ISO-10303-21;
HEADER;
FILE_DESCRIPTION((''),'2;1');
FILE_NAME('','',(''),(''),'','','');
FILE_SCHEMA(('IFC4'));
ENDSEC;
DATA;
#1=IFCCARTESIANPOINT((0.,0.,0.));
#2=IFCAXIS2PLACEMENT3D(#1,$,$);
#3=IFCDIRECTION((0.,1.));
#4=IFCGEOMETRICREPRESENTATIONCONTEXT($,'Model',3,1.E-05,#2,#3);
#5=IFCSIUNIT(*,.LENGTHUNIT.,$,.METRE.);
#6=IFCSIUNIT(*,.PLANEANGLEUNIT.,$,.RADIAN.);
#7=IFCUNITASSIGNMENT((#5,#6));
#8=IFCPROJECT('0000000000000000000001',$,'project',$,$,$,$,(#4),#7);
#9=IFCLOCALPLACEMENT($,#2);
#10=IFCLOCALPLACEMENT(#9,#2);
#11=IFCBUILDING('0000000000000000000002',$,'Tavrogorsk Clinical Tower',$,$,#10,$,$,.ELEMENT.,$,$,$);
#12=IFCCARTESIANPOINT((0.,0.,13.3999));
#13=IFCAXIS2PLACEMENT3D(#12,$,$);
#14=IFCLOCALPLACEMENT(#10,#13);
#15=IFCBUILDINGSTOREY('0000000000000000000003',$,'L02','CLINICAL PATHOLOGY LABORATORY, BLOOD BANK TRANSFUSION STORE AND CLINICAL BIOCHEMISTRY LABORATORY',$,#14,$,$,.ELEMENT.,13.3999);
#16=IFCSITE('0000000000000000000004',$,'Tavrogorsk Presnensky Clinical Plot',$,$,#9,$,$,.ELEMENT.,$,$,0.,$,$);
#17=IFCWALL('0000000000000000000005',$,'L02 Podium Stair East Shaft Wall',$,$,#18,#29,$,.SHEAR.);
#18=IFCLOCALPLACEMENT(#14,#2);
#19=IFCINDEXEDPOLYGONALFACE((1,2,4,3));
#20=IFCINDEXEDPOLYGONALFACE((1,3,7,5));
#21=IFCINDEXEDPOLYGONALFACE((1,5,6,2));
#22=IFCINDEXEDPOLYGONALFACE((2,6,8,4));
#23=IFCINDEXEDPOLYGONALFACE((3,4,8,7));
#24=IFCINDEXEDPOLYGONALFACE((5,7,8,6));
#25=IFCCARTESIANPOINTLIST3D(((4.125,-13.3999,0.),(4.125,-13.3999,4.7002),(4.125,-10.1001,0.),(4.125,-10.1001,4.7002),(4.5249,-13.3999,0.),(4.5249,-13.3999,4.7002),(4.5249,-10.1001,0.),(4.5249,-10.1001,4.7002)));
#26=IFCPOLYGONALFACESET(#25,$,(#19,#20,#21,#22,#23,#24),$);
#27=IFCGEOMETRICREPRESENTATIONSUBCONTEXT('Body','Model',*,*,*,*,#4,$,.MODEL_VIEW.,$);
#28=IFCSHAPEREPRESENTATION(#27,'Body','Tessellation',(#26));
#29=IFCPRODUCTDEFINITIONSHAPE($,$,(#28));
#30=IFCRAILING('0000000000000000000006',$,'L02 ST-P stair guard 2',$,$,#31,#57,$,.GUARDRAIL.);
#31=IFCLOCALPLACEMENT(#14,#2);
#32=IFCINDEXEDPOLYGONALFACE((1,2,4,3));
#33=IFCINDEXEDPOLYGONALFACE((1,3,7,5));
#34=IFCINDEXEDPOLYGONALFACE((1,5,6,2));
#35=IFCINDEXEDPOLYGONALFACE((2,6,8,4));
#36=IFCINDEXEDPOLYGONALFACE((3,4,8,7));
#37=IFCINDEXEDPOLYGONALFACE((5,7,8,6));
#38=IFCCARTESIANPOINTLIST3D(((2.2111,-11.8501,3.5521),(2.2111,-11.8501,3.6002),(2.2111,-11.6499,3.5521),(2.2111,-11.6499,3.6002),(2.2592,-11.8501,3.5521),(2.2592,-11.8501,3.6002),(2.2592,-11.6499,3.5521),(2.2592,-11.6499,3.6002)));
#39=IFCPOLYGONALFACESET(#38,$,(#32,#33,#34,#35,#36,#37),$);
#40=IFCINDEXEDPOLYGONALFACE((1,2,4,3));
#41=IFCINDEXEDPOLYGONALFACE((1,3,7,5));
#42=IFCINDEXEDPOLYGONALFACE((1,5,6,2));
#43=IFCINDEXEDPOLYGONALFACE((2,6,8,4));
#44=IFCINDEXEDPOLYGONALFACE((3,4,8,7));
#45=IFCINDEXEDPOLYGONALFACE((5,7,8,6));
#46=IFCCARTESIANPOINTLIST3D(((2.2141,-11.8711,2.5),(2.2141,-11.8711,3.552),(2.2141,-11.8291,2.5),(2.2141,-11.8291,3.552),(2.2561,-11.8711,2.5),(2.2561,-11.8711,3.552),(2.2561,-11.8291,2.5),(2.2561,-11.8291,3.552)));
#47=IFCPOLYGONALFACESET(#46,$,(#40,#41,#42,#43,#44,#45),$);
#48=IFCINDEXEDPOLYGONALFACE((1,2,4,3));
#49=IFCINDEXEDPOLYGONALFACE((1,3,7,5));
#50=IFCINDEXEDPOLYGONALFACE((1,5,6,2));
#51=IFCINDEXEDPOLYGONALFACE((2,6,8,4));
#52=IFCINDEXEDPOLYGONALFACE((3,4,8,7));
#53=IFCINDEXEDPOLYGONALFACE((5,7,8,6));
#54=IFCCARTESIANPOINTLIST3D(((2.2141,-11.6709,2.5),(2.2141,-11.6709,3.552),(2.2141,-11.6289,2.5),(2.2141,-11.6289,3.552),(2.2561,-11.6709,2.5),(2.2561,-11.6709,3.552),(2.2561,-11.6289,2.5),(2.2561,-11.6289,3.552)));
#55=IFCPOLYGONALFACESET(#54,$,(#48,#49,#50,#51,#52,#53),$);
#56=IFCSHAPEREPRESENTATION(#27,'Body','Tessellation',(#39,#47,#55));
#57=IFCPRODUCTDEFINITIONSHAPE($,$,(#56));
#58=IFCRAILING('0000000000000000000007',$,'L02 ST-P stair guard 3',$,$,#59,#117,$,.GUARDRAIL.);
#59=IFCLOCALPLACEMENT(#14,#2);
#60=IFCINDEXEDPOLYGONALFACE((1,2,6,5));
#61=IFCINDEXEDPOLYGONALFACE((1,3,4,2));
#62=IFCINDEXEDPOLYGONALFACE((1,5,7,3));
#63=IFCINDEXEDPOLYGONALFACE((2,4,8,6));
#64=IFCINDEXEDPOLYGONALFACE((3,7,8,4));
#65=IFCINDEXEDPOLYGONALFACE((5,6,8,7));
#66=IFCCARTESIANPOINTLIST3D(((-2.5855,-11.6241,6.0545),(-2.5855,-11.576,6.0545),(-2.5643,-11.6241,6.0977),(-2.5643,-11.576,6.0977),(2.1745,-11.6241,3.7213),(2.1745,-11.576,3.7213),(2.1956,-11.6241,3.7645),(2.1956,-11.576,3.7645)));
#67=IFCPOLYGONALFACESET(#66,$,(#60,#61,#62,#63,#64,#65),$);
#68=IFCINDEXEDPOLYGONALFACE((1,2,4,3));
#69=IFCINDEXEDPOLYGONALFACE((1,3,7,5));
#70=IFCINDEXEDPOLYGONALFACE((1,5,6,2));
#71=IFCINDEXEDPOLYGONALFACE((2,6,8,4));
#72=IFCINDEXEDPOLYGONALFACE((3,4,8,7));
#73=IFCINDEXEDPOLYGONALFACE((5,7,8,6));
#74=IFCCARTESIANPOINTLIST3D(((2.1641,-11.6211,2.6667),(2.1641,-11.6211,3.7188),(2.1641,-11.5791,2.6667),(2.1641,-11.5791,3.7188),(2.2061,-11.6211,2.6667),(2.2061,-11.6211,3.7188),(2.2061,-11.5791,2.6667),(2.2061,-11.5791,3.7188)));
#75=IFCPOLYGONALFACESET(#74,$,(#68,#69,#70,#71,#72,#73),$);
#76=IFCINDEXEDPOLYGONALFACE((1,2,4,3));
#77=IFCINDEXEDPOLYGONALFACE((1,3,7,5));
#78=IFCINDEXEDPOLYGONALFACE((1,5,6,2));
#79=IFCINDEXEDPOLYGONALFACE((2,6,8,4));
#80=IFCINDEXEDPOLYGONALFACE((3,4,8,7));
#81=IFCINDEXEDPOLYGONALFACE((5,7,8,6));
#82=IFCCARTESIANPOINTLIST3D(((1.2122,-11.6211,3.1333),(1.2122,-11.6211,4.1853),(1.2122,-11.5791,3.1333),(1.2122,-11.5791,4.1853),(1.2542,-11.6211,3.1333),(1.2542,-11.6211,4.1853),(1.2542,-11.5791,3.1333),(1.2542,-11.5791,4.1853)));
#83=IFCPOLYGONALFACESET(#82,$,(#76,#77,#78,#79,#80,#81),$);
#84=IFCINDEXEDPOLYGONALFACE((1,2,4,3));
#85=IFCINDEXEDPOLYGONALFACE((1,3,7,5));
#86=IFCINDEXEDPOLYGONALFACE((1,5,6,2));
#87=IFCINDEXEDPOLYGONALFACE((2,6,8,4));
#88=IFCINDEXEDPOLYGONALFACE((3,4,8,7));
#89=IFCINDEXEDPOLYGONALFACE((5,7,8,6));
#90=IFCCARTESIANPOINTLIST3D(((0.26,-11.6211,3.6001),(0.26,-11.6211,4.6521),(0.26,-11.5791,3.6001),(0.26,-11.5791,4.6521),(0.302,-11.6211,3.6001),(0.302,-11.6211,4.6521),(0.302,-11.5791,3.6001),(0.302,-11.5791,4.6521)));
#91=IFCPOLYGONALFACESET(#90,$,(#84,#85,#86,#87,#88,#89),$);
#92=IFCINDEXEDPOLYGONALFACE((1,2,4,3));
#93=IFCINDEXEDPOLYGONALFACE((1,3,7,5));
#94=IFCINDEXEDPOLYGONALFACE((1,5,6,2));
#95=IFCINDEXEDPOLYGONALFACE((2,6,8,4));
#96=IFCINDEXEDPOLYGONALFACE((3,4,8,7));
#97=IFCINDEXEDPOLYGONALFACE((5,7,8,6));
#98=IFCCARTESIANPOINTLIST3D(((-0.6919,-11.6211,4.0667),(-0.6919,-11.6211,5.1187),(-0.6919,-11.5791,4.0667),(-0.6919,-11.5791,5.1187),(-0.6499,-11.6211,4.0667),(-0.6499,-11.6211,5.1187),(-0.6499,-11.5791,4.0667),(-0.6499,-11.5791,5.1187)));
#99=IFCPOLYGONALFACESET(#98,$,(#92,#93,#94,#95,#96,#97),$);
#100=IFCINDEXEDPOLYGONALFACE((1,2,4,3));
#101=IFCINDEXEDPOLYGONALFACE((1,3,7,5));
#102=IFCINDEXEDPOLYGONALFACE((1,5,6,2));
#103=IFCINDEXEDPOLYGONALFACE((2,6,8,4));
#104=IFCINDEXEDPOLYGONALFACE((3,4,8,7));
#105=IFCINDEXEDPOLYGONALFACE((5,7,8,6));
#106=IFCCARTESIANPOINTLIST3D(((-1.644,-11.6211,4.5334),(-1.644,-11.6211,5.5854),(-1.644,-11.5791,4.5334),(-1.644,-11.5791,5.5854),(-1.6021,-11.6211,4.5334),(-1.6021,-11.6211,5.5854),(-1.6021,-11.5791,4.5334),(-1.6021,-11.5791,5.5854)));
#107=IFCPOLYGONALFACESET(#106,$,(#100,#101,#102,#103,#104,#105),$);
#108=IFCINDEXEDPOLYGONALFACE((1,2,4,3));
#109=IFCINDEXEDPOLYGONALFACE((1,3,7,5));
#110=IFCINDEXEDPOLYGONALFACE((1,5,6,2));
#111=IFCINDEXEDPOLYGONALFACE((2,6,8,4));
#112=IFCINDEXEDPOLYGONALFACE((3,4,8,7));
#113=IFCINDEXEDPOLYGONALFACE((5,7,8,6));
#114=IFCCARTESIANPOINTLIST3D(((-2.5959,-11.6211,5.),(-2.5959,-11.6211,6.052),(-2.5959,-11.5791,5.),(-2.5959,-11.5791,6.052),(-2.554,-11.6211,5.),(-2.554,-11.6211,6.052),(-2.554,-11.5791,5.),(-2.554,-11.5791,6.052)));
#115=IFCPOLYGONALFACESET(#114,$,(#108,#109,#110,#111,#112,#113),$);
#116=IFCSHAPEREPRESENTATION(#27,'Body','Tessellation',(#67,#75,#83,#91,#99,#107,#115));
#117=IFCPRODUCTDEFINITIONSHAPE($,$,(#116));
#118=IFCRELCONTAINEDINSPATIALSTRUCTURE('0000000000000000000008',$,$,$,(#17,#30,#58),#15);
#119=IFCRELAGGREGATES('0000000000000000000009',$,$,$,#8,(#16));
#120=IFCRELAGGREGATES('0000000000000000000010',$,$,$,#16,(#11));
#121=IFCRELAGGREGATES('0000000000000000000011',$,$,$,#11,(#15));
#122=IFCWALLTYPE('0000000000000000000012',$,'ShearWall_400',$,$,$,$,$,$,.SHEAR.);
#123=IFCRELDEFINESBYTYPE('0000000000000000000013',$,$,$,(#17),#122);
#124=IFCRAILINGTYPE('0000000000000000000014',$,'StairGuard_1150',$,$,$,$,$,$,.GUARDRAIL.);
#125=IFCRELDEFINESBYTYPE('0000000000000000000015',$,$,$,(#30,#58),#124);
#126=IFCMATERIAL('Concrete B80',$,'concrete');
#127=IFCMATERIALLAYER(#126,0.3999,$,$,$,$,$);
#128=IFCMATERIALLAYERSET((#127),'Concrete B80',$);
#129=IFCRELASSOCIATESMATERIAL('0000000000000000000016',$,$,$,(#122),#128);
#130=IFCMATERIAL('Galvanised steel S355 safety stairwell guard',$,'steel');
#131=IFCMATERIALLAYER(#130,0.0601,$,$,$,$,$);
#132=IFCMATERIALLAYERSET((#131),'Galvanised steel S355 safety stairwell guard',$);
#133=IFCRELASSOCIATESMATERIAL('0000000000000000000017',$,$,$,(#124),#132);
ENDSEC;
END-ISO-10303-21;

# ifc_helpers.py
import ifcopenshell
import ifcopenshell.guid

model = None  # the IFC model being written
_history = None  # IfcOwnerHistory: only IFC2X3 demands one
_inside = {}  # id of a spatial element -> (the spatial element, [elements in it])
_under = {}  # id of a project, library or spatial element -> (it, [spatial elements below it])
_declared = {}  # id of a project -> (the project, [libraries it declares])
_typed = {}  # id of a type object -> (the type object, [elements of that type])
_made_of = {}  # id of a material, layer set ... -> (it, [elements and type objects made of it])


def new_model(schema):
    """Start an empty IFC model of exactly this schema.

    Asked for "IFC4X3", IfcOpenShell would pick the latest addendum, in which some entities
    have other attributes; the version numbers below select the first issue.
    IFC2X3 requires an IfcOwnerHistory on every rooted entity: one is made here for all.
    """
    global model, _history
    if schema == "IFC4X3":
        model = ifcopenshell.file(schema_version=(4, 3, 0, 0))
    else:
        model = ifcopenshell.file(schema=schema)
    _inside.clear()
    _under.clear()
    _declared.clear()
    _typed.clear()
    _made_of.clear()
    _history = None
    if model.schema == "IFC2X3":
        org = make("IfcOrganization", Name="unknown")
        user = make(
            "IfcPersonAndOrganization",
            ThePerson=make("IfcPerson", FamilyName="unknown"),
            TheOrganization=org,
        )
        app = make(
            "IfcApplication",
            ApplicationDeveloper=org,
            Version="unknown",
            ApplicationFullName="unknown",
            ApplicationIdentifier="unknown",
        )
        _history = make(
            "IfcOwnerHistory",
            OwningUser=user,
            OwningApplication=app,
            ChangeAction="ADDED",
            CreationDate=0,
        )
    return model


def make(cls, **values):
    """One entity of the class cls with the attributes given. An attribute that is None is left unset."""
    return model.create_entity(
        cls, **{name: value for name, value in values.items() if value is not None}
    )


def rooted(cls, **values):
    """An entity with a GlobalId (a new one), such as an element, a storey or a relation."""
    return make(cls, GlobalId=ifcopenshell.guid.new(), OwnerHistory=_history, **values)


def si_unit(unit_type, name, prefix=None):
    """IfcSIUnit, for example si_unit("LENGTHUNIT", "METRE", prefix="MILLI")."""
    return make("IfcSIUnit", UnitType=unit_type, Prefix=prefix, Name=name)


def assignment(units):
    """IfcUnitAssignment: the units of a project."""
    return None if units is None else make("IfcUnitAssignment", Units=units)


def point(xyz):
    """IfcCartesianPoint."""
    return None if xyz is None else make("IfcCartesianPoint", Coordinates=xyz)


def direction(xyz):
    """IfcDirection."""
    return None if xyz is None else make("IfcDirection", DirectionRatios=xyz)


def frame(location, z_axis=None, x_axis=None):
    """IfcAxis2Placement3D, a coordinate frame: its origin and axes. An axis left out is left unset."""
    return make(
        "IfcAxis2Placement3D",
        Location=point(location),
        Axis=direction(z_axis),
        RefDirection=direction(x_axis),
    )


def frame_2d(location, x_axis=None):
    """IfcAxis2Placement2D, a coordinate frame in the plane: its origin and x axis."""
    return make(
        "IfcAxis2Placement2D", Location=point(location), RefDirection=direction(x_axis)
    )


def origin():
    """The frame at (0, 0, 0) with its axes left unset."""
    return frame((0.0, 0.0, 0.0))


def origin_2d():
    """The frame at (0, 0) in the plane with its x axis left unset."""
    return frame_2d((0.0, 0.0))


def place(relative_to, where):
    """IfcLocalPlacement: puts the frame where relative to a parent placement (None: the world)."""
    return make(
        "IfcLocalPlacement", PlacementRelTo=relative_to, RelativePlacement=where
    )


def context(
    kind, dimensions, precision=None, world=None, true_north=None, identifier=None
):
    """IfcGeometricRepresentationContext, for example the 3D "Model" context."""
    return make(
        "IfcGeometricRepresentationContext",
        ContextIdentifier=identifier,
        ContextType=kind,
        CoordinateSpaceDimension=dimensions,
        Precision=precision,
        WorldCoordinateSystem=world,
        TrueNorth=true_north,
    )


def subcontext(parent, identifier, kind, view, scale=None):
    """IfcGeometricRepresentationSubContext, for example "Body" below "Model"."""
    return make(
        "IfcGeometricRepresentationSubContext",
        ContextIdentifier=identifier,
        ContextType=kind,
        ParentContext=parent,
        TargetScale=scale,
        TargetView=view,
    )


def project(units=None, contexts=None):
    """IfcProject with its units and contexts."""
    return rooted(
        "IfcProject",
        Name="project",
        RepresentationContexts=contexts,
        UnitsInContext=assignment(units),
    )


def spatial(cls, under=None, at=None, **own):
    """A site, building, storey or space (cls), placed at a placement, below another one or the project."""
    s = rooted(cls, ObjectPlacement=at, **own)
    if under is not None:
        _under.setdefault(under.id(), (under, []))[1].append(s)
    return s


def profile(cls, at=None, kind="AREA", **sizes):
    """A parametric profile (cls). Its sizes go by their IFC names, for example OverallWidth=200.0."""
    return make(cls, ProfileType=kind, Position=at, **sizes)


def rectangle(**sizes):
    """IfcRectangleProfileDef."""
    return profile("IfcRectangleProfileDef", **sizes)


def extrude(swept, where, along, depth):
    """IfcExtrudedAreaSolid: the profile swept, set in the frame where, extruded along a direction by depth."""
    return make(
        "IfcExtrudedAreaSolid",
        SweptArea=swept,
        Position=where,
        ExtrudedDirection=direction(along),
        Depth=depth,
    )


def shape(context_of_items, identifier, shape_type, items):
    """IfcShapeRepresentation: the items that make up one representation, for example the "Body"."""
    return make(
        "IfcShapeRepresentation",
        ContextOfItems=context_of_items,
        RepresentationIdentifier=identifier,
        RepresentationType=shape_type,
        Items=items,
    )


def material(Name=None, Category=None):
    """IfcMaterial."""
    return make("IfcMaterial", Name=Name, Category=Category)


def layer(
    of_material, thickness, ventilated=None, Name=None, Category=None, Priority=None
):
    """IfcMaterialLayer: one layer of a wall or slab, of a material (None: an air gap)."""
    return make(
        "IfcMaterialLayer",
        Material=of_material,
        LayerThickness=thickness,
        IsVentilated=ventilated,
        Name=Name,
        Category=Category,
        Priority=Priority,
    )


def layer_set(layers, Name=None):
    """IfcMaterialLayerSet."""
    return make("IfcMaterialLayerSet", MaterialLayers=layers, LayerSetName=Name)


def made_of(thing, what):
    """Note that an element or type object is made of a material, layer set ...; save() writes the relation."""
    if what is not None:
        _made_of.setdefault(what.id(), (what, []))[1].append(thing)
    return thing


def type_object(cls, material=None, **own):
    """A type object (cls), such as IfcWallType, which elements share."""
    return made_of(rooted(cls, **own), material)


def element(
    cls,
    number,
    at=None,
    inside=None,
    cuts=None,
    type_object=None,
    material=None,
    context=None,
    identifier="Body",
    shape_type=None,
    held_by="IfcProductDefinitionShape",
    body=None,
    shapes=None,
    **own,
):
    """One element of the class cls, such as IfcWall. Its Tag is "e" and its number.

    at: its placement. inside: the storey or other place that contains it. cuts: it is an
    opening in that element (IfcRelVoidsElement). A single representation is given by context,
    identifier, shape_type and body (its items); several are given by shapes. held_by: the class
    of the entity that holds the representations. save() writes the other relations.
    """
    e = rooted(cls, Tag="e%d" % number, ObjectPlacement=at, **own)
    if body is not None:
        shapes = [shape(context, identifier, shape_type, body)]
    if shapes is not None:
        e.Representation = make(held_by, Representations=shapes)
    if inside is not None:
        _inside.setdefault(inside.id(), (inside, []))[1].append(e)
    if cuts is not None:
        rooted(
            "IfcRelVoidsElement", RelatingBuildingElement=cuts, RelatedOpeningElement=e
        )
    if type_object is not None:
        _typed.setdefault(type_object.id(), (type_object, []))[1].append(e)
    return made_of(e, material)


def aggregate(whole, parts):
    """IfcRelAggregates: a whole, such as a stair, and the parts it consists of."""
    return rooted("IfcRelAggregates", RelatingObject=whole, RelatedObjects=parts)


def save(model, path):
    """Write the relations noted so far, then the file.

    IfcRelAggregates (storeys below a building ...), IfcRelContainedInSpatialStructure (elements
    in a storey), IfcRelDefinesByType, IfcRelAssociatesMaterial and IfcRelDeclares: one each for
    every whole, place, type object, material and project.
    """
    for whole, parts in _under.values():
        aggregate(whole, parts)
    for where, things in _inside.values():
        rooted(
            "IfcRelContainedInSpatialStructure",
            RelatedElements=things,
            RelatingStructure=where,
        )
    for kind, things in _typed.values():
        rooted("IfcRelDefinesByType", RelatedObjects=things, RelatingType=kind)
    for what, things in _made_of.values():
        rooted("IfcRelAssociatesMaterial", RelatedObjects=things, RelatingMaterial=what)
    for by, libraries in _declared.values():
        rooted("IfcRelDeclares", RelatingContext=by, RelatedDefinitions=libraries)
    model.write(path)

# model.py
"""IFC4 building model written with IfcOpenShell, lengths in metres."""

from ifc_helpers import new_model, si_unit, direction, frame, frame_2d, origin, origin_2d, place, context, subcontext, project, spatial, rectangle, extrude, material, layer, layer_set, type_object, element, save


model = new_model("IFC4")

# Units and contexts
model_context = context("Model", 3, precision=1e-05, world=origin(), true_north=direction((0.0, 1.0)))
body_context = subcontext(model_context, "Body", "Model", "MODEL_VIEW")
ifc_project = project(units=[si_unit("LENGTHUNIT", "METRE"), si_unit("PLANEANGLEUNIT", "RADIAN")], contexts=[model_context])

# Site, building, storey
site_placement = place(None, origin())
site = spatial("IfcSite", under=ifc_project, at=site_placement, Name="Tavrogorsk Presnensky Clinical Plot", CompositionType="ELEMENT", RefElevation=0.0)
building_placement = place(site_placement, origin())
building = spatial("IfcBuilding", under=site, at=building_placement, Name="Tavrogorsk Clinical Tower", CompositionType="ELEMENT")
storey_placement = place(building_placement, frame((0.0, 0.0, 13.3999)))
storey = spatial("IfcBuildingStorey", under=building, at=storey_placement, Name="L02", Description="CLINICAL PATHOLOGY LABORATORY, BLOOD BANK TRANSFUSION STORE AND CLINICAL BIOCHEMISTRY LABORATORY", CompositionType="ELEMENT", Elevation=13.3999)

# Wall
ifc_material_1 = material(Name="Concrete B80", Category="concrete")
ifc_layer_1 = layer(ifc_material_1, 0.3999)
ifc_layer_set_1 = layer_set([ifc_layer_1], Name="Concrete B80")
wall_type_1 = type_object("IfcWallType", Name="ShearWall_400", PredefinedType="SHEAR", material=ifc_layer_set_1)
wall_1_placement = place(storey_placement, frame((4.325, -13.3999, 0.0), z_axis=(0.0, 0.0, 1.0), x_axis=(0.0, 1.0, 0.0)))
element("IfcWall", 1, at=wall_1_placement, inside=storey, type_object=wall_type_1, Name="L02 Podium Stair East Shaft Wall", PredefinedType="SHEAR", context=body_context, shape_type="SweptSolid", body=[
    extrude(rectangle(XDim=3.2998, YDim=0.3999, at=frame_2d((1.6499, 0.0))), origin(), (0.0, 0.0, 1.0), 4.7002),
])

# Railings
ifc_material_2 = material(Name="Galvanised steel S355 safety stairwell guard", Category="steel")
ifc_layer_2 = layer(ifc_material_2, 0.0601)
ifc_layer_set_2 = layer_set([ifc_layer_2], Name="Galvanised steel S355 safety stairwell guard")
railing_type = type_object("IfcRailingType", Name="StairGuard_1150", PredefinedType="GUARDRAIL", material=ifc_layer_set_2)
railing_1_placement = place(storey_placement, frame((2.2351, -11.8501, 2.5)))
element("IfcRailing", 2, at=railing_1_placement, inside=storey, type_object=railing_type, Name="L02 ST-P stair guard 2", PredefinedType="GUARDRAIL", context=body_context, shape_type="SweptSolid", body=[
    extrude(rectangle(XDim=0.0481, YDim=0.0481, at=origin_2d()), frame((0.0, 0.0, 1.0762), z_axis=(0.0, 1.0, 0.0), x_axis=(-1.0, 0.0, 0.0)), (0.0, 0.0, 1.0), 0.2002),
    extrude(rectangle(XDim=0.042, YDim=0.042, at=origin_2d()), origin(), (0.0, 0.0, 1.0), 1.052),
    extrude(rectangle(XDim=0.042, YDim=0.042, at=origin_2d()), frame((0.0, 0.2002, 0.0)), (0.0, 0.0, 1.0), 1.052),
])
railing_2_placement = place(storey_placement, frame((2.1851, -11.6001, 2.6667)))
element("IfcRailing", 3, at=railing_2_placement, inside=storey, type_object=railing_type, Name="L02 ST-P stair guard 3", PredefinedType="GUARDRAIL", context=body_context, shape_type="SweptSolid", body=[
    extrude(rectangle(XDim=0.0481, YDim=0.0481, at=origin_2d()), frame((0.0, 0.0, 1.0762), z_axis=(-0.897927, 0.0, 0.440144), x_axis=(0.0, -1.0, 0.0)), (0.0, 0.0, 1.0), 5.301),
    extrude(rectangle(XDim=0.042, YDim=0.042, at=origin_2d()), origin(), (0.0, 0.0, 1.0), 1.052),
    extrude(rectangle(XDim=0.042, YDim=0.042, at=origin_2d()), frame((-0.9519, 0.0, 0.4666)), (0.0, 0.0, 1.0), 1.052),
    extrude(rectangle(XDim=0.042, YDim=0.042, at=origin_2d()), frame((-1.9041, 0.0, 0.9333)), (0.0, 0.0, 1.0), 1.052),
    extrude(rectangle(XDim=0.042, YDim=0.042, at=origin_2d()), frame((-2.856, 0.0, 1.3999)), (0.0, 0.0, 1.0), 1.052),
    extrude(rectangle(XDim=0.042, YDim=0.042, at=origin_2d()), frame((-3.8081, 0.0, 1.8667)), (0.0, 0.0, 1.0), 1.052),
    extrude(rectangle(XDim=0.042, YDim=0.042, at=origin_2d()), frame((-4.76, 0.0, 2.3333)), (0.0, 0.0, 1.0), 1.052),
])

save(model, "model.ifc")
